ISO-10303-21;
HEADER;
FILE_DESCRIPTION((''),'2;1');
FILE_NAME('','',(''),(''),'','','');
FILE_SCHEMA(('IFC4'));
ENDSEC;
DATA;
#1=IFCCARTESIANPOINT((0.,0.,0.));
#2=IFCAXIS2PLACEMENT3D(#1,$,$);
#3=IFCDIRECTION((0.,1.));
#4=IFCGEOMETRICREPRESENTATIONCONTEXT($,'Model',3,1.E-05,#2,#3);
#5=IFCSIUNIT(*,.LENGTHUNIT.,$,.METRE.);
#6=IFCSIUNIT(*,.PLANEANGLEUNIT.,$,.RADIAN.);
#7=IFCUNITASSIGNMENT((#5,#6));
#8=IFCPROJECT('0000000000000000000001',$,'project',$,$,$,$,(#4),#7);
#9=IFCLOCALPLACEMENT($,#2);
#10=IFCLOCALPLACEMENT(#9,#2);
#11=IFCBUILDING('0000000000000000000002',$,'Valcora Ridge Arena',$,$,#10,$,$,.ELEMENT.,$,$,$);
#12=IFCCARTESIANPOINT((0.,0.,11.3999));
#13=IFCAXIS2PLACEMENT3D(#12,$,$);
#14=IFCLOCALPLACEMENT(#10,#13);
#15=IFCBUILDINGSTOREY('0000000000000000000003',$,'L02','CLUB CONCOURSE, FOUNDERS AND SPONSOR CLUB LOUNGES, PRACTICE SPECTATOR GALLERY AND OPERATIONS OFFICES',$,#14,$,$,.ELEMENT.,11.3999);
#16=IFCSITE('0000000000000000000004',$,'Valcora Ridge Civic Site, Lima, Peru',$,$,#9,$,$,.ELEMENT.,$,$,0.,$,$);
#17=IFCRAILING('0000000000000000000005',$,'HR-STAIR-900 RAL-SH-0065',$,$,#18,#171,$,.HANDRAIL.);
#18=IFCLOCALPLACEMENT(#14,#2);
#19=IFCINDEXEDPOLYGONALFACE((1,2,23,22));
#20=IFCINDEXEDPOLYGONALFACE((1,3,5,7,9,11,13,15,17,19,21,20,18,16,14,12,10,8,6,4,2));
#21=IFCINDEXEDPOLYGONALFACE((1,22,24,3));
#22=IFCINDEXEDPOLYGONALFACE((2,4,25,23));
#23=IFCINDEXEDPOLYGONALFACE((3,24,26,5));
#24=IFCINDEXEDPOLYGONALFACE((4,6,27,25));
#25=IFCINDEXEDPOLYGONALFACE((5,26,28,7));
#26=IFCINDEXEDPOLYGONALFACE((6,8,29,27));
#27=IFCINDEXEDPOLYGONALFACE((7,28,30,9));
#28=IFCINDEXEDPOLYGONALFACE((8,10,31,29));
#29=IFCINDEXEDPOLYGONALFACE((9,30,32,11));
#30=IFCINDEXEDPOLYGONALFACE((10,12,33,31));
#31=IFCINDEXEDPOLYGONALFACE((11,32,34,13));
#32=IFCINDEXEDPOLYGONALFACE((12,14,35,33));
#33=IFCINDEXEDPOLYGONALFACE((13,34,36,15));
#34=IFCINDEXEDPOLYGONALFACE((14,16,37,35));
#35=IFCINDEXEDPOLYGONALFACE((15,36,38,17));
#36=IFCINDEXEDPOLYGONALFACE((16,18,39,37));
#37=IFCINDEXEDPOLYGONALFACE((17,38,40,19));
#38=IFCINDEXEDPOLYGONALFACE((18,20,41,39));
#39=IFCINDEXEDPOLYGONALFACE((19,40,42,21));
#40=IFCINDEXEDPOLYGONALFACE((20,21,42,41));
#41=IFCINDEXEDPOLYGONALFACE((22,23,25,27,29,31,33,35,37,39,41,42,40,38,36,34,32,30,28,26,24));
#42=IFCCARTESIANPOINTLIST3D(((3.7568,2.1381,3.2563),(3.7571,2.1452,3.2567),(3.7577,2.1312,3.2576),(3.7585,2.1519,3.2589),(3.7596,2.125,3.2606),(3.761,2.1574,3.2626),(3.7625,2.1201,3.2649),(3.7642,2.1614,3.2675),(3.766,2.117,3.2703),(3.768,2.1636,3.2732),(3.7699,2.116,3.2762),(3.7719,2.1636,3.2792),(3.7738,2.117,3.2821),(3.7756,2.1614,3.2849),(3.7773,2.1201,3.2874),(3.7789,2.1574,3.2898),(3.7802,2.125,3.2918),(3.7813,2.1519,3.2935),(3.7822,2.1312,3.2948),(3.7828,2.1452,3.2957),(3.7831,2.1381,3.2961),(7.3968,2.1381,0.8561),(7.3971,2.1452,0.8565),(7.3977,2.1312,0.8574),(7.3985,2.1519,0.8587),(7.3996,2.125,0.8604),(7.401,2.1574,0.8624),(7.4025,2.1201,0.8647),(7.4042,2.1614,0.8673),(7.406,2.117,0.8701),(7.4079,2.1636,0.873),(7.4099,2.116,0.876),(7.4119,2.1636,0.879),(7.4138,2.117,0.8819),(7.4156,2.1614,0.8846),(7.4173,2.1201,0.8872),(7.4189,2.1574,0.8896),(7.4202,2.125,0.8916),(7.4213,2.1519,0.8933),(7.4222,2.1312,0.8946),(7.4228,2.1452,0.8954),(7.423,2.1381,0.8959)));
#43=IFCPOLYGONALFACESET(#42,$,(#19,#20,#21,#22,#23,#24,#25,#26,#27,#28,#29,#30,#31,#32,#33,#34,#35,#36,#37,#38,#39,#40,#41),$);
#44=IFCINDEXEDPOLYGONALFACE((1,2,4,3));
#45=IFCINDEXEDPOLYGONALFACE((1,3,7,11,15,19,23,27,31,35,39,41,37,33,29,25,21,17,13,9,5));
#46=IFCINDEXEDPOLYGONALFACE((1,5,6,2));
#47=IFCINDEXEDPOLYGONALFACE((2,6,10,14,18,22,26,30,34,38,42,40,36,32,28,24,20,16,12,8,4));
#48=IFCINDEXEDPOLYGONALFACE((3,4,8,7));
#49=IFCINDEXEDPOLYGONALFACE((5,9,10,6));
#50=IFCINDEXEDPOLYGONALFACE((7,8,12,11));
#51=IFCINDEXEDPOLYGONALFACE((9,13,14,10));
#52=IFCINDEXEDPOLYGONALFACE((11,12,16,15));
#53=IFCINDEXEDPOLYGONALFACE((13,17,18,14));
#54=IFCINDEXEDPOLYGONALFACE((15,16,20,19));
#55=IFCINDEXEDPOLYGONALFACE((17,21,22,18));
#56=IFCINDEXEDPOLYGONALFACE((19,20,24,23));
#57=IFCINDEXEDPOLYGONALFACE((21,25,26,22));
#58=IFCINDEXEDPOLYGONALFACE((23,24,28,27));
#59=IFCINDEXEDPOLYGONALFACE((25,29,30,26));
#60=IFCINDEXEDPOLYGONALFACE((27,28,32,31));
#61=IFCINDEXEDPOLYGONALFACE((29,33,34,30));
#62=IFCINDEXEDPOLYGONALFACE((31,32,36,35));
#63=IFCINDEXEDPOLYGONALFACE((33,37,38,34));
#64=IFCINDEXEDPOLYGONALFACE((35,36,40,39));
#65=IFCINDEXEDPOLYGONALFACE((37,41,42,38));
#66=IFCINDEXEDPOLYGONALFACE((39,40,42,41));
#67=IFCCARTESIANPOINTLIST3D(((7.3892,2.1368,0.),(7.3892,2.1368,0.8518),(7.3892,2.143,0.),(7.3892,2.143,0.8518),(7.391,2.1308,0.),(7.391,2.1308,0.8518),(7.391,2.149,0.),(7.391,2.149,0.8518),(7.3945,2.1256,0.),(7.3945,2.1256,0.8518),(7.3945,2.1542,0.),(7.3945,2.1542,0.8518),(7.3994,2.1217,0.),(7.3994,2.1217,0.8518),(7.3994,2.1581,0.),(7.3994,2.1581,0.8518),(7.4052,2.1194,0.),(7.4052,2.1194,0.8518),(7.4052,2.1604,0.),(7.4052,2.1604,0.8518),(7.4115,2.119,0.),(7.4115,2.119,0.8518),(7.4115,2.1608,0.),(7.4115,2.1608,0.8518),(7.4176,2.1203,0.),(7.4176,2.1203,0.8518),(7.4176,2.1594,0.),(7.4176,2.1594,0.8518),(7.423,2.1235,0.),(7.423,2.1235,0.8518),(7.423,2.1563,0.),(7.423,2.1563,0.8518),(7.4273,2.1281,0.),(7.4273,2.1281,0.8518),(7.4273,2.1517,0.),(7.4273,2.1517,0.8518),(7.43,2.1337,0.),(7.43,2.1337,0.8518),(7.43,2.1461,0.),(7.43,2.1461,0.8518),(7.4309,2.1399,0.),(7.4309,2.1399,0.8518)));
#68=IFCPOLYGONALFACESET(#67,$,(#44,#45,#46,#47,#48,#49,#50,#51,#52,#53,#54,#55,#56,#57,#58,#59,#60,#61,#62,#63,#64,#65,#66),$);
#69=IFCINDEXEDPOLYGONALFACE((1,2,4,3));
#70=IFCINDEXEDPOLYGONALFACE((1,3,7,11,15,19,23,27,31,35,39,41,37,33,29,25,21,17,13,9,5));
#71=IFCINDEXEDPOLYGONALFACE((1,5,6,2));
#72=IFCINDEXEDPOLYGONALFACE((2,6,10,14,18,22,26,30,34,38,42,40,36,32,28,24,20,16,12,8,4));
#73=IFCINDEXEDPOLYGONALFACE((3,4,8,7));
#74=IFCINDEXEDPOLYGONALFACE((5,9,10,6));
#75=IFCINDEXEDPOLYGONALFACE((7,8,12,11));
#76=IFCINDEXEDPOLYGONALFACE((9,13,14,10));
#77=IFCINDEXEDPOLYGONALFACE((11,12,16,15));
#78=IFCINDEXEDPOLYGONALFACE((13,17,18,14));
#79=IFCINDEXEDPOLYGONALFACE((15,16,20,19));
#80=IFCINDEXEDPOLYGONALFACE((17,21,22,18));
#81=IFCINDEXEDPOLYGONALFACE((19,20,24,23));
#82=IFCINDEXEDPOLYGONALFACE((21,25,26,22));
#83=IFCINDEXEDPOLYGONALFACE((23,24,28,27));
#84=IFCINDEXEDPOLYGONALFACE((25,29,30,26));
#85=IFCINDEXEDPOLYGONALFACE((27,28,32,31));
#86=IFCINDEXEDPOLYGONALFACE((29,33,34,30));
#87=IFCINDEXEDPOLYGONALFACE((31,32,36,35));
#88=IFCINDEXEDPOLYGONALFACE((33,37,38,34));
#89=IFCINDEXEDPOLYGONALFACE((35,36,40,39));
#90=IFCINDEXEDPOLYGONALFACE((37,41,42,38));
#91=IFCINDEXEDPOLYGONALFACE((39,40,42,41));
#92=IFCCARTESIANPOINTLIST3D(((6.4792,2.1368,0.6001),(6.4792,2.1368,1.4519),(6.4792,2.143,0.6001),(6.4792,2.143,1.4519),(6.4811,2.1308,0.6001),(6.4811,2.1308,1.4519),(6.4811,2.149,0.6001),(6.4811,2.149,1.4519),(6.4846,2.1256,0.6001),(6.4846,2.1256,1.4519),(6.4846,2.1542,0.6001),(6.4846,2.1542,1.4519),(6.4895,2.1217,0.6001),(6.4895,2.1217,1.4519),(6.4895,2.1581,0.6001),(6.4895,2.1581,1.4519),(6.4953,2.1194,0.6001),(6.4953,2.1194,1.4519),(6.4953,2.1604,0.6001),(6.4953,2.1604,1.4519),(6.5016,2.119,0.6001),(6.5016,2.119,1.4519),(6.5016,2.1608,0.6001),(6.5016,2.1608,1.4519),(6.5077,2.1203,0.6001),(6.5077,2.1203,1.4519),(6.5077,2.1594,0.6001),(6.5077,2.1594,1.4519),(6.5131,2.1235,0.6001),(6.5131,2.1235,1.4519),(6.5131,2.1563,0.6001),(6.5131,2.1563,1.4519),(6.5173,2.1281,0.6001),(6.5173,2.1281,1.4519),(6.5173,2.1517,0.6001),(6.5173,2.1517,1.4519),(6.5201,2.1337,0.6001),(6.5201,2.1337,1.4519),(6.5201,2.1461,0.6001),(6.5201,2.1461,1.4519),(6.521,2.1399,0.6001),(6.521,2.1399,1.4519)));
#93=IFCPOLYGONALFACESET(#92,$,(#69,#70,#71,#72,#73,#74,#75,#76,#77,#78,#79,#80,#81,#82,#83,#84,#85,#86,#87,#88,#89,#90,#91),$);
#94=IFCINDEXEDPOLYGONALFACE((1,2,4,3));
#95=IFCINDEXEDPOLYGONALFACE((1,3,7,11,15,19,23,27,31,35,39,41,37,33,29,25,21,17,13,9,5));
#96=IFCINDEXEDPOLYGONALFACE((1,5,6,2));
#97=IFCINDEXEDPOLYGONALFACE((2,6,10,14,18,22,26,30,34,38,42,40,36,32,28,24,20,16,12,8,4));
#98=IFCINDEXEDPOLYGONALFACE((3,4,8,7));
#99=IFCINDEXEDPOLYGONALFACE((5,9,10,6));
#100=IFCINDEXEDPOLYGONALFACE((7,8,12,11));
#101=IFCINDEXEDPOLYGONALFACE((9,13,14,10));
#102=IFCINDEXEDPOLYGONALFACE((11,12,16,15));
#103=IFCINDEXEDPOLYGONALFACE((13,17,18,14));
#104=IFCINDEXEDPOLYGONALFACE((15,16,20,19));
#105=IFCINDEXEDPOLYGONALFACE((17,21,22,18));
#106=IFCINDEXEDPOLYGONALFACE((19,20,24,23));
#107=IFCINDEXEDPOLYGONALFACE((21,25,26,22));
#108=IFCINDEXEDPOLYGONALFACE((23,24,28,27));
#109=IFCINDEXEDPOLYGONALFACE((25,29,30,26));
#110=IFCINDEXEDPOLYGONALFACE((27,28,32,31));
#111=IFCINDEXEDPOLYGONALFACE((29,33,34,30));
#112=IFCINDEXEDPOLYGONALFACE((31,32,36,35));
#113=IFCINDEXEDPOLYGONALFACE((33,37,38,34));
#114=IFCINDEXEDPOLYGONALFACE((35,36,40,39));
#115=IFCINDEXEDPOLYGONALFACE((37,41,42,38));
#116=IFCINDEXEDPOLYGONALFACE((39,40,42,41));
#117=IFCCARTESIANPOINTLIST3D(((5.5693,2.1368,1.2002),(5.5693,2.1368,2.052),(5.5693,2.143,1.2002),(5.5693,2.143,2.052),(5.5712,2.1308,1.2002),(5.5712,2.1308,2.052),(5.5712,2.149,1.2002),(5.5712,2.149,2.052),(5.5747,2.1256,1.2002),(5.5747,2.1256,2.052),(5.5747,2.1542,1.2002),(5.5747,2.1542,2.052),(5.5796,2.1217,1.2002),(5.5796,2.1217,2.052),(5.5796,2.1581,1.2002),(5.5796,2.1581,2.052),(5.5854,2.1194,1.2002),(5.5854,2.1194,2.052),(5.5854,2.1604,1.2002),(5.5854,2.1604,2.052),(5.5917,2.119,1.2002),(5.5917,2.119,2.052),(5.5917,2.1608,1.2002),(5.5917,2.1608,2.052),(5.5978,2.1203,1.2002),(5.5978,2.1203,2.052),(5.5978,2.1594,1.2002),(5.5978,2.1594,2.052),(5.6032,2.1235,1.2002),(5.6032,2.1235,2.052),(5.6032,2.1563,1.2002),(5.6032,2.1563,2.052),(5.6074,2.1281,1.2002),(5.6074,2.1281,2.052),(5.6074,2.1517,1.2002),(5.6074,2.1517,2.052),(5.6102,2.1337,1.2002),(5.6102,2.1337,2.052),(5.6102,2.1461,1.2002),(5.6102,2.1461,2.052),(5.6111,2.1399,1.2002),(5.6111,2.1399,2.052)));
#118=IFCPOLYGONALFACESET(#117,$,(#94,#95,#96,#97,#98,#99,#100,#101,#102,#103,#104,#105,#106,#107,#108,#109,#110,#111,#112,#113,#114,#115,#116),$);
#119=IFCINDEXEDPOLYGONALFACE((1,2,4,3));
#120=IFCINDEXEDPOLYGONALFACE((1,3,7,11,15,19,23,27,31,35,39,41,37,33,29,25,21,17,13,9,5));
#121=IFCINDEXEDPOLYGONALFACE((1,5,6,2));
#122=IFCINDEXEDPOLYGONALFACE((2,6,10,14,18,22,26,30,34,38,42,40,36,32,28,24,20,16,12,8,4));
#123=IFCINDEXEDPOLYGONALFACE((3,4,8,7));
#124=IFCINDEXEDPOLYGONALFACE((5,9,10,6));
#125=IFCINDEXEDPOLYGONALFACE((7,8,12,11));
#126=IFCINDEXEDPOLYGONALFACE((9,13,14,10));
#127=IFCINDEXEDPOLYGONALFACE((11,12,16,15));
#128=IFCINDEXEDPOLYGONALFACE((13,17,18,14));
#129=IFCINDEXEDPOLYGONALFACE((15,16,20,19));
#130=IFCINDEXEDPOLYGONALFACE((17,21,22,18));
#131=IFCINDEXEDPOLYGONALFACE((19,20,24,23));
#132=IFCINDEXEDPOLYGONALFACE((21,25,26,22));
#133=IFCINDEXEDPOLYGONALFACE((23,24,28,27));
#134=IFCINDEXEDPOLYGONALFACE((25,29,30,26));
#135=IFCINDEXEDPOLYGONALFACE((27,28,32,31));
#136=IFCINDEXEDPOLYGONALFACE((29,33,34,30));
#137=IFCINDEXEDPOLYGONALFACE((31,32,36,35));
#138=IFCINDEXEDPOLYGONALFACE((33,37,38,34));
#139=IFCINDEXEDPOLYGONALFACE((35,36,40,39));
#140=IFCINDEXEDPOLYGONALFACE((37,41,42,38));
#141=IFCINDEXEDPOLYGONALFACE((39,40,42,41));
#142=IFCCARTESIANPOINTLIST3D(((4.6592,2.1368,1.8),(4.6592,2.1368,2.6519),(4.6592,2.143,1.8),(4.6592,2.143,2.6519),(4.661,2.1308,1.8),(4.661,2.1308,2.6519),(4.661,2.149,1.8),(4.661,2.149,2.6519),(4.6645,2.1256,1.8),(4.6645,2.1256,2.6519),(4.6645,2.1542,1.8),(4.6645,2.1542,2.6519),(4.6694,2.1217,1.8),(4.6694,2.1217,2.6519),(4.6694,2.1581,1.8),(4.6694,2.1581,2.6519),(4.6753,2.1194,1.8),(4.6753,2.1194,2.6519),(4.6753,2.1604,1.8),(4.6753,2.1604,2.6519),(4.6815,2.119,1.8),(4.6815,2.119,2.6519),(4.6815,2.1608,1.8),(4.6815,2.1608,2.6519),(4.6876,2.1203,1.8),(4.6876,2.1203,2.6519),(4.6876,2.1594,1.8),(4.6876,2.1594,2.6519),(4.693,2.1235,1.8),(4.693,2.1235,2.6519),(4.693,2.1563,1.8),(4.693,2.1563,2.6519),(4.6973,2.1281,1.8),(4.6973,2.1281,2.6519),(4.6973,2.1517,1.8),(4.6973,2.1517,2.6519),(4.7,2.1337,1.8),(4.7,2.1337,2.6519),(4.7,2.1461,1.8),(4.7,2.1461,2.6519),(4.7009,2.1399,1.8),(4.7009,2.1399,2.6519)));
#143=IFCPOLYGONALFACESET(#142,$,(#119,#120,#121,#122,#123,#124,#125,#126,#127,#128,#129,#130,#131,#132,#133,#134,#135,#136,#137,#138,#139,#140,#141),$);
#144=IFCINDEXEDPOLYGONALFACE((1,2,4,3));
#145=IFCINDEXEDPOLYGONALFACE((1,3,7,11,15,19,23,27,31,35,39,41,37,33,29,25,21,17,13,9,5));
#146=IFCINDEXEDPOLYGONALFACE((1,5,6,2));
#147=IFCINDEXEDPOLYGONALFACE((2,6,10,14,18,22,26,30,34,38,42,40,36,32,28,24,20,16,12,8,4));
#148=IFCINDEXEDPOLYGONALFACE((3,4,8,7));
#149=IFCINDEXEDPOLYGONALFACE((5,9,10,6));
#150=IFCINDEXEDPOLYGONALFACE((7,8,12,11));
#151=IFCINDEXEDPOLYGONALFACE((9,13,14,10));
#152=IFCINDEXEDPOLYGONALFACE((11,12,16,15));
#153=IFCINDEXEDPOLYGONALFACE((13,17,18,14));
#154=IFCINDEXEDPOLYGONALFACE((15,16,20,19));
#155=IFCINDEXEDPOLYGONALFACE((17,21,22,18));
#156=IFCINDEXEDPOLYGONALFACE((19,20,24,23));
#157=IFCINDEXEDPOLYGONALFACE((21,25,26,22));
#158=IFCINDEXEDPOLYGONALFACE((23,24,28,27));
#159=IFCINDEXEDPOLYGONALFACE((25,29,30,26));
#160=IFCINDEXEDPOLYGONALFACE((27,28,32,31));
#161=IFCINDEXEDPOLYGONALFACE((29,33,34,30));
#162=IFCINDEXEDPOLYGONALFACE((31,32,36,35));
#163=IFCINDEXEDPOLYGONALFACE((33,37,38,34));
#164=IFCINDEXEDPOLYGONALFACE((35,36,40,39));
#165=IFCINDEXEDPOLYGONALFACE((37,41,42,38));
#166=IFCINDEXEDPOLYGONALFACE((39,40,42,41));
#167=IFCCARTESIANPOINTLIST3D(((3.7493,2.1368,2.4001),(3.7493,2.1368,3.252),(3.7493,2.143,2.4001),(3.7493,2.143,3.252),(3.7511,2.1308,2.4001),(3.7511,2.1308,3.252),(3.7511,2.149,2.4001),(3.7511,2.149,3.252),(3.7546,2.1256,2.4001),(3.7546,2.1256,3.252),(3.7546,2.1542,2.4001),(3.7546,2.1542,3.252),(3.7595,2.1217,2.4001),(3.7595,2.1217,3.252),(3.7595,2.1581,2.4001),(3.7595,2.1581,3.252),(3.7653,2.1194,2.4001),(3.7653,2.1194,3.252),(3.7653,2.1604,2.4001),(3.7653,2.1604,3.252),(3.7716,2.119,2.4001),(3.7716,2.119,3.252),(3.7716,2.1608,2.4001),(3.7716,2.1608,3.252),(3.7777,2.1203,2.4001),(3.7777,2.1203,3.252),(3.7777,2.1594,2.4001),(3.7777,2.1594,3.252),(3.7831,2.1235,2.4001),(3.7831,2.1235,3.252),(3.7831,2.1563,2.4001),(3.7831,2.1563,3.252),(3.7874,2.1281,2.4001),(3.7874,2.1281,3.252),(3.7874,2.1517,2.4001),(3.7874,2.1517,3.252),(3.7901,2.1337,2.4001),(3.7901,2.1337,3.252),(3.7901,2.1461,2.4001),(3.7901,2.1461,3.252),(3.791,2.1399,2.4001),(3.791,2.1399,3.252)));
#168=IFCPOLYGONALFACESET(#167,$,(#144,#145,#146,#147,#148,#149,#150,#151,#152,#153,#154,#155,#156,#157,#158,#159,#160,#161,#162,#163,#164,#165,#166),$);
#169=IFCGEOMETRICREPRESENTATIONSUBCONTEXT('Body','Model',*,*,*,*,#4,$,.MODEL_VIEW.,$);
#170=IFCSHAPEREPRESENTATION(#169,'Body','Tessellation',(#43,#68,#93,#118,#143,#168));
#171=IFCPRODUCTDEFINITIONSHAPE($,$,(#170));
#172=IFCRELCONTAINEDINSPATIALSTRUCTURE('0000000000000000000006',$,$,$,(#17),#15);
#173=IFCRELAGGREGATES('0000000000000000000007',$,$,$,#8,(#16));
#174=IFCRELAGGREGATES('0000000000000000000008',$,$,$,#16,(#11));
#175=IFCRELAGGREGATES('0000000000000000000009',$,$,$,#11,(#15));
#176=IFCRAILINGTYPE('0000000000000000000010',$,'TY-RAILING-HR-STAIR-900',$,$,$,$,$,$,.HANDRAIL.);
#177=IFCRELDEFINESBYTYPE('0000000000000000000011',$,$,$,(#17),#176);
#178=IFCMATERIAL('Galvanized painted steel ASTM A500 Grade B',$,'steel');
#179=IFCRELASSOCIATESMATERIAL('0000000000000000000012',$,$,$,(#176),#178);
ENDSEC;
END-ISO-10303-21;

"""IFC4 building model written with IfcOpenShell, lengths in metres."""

from ifc_helpers import new_model, si_unit, direction, frame, origin, origin_2d, place, context, subcontext, project, spatial, circle, extrude, material, type_object, element, save


model = new_model("IFC4")

# Units and contexts
model_context = context("Model", 3, precision=1e-05, world=origin(), true_north=direction((0.0, 1.0)))
body_context = subcontext(model_context, "Body", "Model", "MODEL_VIEW")
ifc_project = project(units=[si_unit("LENGTHUNIT", "METRE"), si_unit("PLANEANGLEUNIT", "RADIAN")], contexts=[model_context])

# Site, building, storey
site_placement = place(None, origin())
site = spatial("IfcSite", under=ifc_project, at=site_placement, Name="Valcora Ridge Civic Site, Lima, Peru", CompositionType="ELEMENT", RefElevation=0.0)
building_placement = place(site_placement, origin())
building = spatial("IfcBuilding", under=site, at=building_placement, Name="Valcora Ridge Arena", CompositionType="ELEMENT")
storey_placement = place(building_placement, frame((0.0, 0.0, 11.3999)))
storey = spatial("IfcBuildingStorey", under=building, at=storey_placement, Name="L02", Description="CLUB CONCOURSE, FOUNDERS AND SPONSOR CLUB LOUNGES, PRACTICE SPECTATOR GALLERY AND OPERATIONS OFFICES", CompositionType="ELEMENT", Elevation=11.3999)

# Railing
ifc_material_1 = material(Name="Galvanized painted steel ASTM A500 Grade B", Category="steel")
railing_type_1 = type_object("IfcRailingType", Name="TY-RAILING-HR-STAIR-900", PredefinedType="HANDRAIL", material=ifc_material_1)
railing_1_placement = place(storey_placement, frame((7.4099, 2.1399, 0.0)))
element("IfcRailing", 1, at=railing_1_placement, inside=storey, type_object=railing_type_1, Name="HR-STAIR-900 RAL-SH-0065", PredefinedType="HANDRAIL", context=body_context, shape_type="SweptSolid", body=[
    extrude(circle(Radius=0.0239, at=origin_2d()), frame((0.0, 0.0, 0.876), z_axis=(-0.834839, 0.0, 0.550493), x_axis=(0.0, -1.0, 0.0)), (0.0, 0.0, 1.0), 4.3601),
    extrude(circle(Radius=0.021, at=origin_2d()), origin(), (0.0, 0.0, 1.0), 0.8518),
    extrude(circle(Radius=0.021, at=origin_2d()), frame((-0.9099, 0.0, 0.6001)), (0.0, 0.0, 1.0), 0.8518),
    extrude(circle(Radius=0.021, at=origin_2d()), frame((-1.8198, 0.0, 1.2002)), (0.0, 0.0, 1.0), 0.8518),
    extrude(circle(Radius=0.021, at=origin_2d()), frame((-2.73, 0.0, 1.8)), (0.0, 0.0, 1.0), 0.8518),
    extrude(circle(Radius=0.021, at=origin_2d()), frame((-3.6399, 0.0, 2.4001)), (0.0, 0.0, 1.0), 0.8518),
])

save(model, "model.ifc")
